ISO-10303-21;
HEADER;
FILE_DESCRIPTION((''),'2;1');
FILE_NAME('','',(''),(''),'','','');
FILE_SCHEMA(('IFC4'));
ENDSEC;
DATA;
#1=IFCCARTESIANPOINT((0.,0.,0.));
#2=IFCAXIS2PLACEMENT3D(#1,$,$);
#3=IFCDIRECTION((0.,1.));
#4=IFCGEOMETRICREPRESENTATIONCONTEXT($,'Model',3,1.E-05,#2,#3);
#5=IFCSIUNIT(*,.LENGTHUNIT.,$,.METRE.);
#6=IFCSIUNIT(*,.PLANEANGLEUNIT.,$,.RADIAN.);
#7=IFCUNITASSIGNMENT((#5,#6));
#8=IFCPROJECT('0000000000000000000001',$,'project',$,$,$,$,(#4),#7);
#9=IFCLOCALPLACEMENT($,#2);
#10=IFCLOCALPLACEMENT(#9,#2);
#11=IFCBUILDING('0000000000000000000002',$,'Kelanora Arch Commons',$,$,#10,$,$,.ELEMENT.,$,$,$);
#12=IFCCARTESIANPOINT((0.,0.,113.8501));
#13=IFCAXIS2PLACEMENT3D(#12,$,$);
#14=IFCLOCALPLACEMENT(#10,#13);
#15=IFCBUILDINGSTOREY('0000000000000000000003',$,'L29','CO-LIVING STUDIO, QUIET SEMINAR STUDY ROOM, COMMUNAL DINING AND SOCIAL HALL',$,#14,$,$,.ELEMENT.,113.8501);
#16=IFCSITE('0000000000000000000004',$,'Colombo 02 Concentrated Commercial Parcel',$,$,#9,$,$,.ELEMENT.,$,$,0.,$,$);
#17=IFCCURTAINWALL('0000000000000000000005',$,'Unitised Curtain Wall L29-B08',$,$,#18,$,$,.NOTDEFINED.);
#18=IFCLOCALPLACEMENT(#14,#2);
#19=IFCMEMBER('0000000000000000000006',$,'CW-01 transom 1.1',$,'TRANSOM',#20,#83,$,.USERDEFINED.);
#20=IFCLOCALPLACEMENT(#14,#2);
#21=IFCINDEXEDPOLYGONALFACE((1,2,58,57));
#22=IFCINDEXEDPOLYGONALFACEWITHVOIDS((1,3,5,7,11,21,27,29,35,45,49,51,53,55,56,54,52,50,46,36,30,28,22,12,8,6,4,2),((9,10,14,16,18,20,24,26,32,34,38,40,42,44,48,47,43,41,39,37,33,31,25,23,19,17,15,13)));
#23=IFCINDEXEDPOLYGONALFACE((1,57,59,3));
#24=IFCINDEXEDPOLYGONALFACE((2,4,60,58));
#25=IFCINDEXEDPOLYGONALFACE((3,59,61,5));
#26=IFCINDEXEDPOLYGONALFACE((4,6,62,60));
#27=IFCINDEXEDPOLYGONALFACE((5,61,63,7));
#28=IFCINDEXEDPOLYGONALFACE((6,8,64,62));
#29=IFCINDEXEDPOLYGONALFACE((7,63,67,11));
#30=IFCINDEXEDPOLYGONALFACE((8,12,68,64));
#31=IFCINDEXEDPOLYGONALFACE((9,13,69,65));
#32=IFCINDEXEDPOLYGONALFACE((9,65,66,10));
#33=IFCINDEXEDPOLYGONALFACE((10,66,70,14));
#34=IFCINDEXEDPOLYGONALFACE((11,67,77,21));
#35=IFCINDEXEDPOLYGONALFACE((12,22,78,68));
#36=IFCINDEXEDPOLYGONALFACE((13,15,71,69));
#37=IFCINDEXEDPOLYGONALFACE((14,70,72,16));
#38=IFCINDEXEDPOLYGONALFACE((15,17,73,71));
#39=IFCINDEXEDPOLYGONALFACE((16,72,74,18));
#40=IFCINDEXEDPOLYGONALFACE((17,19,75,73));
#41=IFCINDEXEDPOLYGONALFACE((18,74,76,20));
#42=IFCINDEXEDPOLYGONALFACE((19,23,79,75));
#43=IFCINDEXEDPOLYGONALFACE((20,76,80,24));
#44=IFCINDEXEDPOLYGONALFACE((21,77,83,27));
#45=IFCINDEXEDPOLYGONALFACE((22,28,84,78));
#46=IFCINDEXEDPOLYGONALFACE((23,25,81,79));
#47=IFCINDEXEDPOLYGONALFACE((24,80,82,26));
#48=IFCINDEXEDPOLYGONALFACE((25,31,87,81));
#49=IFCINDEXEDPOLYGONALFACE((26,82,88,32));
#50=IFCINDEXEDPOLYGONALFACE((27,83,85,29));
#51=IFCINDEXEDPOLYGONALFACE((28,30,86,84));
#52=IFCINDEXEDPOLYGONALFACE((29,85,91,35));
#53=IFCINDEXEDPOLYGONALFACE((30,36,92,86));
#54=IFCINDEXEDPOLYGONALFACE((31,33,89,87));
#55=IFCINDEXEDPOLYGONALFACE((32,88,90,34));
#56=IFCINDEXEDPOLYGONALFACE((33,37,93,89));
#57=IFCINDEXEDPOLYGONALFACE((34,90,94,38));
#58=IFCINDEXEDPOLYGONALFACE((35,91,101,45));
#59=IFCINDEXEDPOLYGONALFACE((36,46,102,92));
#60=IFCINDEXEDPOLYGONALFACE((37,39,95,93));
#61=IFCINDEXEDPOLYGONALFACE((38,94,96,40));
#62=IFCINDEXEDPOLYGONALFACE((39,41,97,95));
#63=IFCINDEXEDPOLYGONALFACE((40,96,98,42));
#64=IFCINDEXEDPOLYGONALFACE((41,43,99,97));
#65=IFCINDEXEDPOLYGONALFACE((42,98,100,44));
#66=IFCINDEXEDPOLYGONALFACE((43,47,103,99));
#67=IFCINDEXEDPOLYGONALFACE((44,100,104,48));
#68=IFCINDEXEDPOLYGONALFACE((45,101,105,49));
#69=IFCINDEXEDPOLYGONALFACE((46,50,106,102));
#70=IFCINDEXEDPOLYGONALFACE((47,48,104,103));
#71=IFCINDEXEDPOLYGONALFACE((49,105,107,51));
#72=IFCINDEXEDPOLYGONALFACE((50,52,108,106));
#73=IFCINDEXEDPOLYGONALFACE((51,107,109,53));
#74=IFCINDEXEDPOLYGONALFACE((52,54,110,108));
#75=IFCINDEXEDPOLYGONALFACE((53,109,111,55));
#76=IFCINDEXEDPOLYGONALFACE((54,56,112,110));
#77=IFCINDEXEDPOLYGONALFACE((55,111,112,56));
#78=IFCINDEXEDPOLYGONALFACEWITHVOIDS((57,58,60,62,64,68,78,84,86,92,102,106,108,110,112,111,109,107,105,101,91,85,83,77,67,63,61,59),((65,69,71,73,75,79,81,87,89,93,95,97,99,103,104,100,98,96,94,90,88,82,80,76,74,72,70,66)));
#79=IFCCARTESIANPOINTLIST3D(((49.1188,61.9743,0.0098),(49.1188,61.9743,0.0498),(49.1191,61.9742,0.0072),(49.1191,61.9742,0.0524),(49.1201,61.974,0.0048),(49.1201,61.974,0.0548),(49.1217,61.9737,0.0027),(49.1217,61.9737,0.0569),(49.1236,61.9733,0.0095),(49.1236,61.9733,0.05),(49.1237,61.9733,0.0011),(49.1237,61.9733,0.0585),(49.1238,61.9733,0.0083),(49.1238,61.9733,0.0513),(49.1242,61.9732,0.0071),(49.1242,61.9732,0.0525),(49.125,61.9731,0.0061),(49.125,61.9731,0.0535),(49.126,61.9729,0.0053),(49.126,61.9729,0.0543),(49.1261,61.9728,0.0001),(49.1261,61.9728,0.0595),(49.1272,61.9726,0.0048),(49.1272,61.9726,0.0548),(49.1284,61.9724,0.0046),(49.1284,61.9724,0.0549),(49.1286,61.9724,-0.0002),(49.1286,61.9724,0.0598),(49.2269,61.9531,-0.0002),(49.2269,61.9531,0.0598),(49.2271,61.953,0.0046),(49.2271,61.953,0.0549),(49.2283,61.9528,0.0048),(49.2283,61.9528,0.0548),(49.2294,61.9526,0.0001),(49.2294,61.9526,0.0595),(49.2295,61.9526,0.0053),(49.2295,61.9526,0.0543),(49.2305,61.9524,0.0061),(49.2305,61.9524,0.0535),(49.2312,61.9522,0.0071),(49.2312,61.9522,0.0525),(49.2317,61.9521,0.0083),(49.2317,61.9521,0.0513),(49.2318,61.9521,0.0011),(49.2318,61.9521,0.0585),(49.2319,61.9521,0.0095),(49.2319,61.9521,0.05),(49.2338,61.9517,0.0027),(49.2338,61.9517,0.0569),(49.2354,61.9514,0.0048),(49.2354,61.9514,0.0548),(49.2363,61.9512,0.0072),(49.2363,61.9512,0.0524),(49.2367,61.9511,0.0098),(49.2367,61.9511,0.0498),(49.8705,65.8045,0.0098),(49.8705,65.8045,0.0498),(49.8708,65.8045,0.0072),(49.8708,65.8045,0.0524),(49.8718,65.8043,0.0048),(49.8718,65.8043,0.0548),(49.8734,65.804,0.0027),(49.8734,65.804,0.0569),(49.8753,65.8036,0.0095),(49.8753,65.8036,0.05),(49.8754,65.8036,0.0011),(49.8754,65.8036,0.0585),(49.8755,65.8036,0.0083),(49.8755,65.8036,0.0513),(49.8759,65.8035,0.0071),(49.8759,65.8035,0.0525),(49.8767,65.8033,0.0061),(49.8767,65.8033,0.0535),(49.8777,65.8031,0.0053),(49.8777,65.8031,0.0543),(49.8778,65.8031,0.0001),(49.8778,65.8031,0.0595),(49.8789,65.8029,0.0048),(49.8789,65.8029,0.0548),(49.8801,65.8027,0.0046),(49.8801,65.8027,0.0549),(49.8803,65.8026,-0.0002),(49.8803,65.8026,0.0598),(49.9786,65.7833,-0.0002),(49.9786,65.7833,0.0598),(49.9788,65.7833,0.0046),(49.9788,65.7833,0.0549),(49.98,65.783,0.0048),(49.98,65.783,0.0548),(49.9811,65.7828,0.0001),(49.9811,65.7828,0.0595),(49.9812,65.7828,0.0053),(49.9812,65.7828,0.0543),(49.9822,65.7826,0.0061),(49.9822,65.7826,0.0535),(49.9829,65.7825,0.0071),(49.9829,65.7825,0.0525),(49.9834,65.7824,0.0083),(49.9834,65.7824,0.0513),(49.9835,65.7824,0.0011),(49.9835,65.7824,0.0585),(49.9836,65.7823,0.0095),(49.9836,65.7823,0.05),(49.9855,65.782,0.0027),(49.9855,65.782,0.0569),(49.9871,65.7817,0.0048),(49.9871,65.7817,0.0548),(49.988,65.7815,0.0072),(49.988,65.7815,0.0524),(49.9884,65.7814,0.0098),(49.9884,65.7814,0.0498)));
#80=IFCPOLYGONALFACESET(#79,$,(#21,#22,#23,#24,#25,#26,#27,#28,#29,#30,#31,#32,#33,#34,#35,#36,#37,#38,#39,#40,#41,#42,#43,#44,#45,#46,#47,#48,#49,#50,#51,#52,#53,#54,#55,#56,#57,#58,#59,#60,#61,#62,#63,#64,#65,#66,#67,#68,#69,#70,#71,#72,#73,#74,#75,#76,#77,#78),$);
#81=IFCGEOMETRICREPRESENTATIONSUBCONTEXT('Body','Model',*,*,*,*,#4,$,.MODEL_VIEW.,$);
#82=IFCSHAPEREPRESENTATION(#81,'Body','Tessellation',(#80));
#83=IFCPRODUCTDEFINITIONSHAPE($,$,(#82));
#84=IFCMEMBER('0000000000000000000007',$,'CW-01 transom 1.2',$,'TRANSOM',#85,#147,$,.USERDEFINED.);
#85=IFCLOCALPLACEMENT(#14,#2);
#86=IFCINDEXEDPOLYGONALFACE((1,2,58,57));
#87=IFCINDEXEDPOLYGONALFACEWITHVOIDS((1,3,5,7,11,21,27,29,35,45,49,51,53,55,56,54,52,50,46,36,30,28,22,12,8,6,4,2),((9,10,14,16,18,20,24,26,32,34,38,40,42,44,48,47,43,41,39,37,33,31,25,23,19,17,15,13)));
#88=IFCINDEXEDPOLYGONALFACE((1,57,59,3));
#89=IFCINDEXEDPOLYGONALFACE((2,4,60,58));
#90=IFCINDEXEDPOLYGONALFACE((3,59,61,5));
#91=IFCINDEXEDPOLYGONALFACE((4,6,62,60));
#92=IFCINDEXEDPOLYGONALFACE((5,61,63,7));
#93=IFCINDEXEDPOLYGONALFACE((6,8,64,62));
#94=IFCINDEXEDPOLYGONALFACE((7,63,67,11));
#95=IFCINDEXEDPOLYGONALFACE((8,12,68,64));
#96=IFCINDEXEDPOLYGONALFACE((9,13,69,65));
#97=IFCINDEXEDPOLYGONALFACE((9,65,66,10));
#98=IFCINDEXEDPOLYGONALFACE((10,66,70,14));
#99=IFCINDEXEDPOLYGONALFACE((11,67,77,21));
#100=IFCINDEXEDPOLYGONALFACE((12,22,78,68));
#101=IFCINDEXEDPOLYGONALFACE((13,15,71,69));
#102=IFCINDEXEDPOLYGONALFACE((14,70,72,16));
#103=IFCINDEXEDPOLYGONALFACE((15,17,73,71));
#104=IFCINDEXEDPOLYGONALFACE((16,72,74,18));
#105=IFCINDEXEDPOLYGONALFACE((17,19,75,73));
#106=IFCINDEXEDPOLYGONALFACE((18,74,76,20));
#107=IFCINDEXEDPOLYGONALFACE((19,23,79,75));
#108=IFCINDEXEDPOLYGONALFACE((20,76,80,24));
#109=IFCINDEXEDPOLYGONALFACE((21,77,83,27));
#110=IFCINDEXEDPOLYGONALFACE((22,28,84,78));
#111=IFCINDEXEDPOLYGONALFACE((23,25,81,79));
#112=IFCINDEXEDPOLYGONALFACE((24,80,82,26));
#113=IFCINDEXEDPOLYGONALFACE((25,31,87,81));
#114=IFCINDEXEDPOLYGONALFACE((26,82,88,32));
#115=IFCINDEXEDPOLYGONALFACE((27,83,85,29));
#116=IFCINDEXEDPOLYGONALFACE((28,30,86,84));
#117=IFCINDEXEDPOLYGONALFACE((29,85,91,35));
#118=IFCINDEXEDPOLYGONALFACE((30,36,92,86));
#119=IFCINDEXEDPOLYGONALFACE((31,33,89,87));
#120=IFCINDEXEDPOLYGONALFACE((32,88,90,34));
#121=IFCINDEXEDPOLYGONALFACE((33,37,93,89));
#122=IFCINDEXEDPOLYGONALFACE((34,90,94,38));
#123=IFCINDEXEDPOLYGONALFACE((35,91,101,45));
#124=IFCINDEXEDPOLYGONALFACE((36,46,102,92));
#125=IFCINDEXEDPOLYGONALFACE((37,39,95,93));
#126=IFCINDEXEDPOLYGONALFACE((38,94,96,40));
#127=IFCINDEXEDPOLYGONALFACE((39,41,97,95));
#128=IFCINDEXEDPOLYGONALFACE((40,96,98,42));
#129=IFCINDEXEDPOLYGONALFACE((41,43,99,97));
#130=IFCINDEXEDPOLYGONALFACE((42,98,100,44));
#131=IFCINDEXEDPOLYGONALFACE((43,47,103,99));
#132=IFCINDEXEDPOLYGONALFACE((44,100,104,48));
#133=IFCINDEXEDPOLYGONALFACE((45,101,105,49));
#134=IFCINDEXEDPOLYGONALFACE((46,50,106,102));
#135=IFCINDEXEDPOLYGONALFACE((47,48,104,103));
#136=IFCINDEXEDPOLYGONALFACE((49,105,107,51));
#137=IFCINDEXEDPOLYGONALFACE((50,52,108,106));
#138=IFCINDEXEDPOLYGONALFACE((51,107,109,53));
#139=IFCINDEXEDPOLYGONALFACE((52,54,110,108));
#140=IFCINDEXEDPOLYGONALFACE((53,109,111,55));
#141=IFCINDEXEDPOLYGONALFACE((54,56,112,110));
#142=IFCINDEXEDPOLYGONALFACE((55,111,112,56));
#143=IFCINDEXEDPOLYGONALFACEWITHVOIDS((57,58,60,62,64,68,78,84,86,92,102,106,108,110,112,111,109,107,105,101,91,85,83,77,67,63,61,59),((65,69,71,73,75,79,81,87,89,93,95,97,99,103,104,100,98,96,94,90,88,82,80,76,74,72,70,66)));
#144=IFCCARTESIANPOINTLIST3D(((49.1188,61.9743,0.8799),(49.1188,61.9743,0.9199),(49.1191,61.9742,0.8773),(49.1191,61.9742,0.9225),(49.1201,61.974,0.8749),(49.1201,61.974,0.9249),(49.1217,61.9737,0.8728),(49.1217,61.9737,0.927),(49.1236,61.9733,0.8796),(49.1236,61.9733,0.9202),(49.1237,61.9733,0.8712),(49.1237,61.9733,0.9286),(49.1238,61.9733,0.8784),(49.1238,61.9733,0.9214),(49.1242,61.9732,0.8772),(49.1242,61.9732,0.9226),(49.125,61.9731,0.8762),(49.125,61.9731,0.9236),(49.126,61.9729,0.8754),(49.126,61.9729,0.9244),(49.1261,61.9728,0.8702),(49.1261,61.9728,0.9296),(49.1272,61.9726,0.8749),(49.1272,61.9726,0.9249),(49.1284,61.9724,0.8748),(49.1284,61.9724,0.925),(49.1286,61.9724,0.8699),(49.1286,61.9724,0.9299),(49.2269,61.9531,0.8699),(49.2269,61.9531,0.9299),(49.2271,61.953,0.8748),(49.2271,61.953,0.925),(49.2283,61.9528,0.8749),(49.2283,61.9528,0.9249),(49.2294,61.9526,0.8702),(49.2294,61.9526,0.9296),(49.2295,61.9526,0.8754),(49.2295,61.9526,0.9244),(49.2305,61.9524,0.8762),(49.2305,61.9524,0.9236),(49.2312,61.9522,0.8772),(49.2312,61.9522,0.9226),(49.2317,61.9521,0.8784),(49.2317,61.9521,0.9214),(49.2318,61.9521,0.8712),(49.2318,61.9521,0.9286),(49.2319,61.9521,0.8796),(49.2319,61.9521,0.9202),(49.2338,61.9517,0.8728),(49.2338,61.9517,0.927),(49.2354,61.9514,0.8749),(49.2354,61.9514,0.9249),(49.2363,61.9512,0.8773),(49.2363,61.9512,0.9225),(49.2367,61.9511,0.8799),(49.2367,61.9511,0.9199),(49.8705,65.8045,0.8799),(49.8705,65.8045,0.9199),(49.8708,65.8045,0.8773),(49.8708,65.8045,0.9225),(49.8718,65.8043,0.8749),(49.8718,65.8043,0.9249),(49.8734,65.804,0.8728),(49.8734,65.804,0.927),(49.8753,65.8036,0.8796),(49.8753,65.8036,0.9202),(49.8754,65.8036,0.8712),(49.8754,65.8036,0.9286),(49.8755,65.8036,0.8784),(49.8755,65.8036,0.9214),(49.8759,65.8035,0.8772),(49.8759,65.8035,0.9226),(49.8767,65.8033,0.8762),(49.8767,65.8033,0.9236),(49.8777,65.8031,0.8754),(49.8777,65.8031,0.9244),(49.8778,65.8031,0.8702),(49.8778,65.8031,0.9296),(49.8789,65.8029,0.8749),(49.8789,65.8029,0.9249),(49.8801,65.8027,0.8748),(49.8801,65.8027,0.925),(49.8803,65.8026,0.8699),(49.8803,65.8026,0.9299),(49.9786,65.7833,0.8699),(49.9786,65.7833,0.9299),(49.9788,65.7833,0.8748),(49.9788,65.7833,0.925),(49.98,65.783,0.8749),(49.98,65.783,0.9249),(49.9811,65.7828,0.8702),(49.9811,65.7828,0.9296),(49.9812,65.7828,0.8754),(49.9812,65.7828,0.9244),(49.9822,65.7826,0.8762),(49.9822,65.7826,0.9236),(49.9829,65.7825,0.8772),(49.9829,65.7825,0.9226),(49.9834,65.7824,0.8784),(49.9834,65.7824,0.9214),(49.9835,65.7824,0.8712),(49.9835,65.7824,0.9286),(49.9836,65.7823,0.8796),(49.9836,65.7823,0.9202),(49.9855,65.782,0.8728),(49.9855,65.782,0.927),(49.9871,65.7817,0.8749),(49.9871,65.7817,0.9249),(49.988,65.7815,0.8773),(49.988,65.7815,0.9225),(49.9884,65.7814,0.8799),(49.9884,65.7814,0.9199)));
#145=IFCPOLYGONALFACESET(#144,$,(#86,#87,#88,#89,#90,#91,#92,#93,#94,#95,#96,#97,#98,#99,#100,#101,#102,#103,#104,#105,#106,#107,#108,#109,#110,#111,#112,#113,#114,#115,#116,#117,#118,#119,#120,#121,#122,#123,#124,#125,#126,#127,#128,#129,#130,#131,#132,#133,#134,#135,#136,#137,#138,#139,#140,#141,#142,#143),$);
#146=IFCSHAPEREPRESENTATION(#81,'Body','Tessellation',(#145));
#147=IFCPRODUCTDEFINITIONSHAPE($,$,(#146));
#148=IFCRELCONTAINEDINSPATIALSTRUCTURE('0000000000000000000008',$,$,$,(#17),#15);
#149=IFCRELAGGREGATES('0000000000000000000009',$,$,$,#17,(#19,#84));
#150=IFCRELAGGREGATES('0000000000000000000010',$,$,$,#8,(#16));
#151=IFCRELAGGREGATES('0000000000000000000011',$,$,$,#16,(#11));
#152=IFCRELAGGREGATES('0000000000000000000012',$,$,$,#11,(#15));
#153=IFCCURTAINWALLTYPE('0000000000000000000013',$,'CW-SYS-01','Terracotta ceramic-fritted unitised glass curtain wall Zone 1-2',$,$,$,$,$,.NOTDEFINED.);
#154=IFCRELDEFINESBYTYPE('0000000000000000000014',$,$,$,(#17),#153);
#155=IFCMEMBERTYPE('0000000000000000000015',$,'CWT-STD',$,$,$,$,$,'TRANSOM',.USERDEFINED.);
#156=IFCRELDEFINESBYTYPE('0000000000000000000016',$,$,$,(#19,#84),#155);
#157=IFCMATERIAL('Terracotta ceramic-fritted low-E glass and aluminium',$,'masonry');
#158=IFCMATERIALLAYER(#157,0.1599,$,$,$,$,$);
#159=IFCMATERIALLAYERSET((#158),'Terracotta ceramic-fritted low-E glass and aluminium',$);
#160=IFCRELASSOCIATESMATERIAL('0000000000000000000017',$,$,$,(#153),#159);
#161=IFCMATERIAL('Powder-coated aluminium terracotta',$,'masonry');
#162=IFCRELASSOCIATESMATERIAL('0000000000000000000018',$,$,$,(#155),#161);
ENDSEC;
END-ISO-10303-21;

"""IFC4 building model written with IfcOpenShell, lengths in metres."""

from ifc_helpers import new_model, si_unit, direction, frame, origin, origin_2d, place, context, subcontext, project, spatial, hollow_rectangle, extrude, material, layer, layer_set, material_profile, profile_set, type_object, element, aggregate, save


model = new_model("IFC4")

# Units and contexts
model_context = context("Model", 3, precision=1e-05, world=origin(), true_north=direction((0.0, 1.0)))
body_context = subcontext(model_context, "Body", "Model", "MODEL_VIEW")
ifc_project = project(units=[si_unit("LENGTHUNIT", "METRE"), si_unit("PLANEANGLEUNIT", "RADIAN")], contexts=[model_context])

# Site, building, storey
site_placement = place(None, origin())
site = spatial("IfcSite", under=ifc_project, at=site_placement, Name="Colombo 02 Concentrated Commercial Parcel", CompositionType="ELEMENT", RefElevation=0.0)
building_placement = place(site_placement, origin())
building = spatial("IfcBuilding", under=site, at=building_placement, Name="Kelanora Arch Commons", CompositionType="ELEMENT")
storey_placement = place(building_placement, frame((0.0, 0.0, 113.8501)))
storey = spatial("IfcBuildingStorey", under=building, at=storey_placement, Name="L29", Description="CO-LIVING STUDIO, QUIET SEMINAR STUDY ROOM, COMMUNAL DINING AND SOCIAL HALL", CompositionType="ELEMENT", Elevation=113.8501)

# Curtain wall, members
ifc_material_1 = material(Name="Terracotta ceramic-fritted low-E glass and aluminium", Category="masonry")
ifc_layer_1 = layer(ifc_material_1, 0.1599)
ifc_layer_set_1 = layer_set([ifc_layer_1], Name="Terracotta ceramic-fritted low-E glass and aluminium")
curtain_wall_type = type_object("IfcCurtainWallType", Name="CW-SYS-01", Description="Terracotta ceramic-fritted unitised glass curtain wall Zone 1-2", PredefinedType="NOTDEFINED", material=ifc_layer_set_1)
curtain_wall_placement = place(storey_placement, origin())
curtain_wall = element("IfcCurtainWall", 1, at=curtain_wall_placement, inside=storey, type_object=curtain_wall_type, Name="Unitised Curtain Wall L29-B08", PredefinedType="NOTDEFINED")
ifc_material_2 = material(Name="Powder-coated aluminium terracotta", Category="masonry")
ifc_material_profile_1 = material_profile(ifc_material_2, hollow_rectangle(XDim=0.1201, YDim=0.0601, WallThickness=0.0049, InnerFilletRadius=0.0049, OuterFilletRadius=0.01, at=origin_2d()), Name="CWT120x60")
ifc_profile_set_1 = profile_set([ifc_material_profile_1], Name="Powder-coated aluminium terracotta")
member_type_1 = type_object("IfcMemberType", Name="CWT-STD", ElementType="TRANSOM", PredefinedType="USERDEFINED", material=ifc_profile_set_1)
member_1_placement = place(storey_placement, frame((49.9294, 65.793, 0.0298), z_axis=(-0.192579, -0.981282, 0.0), x_axis=(0.981282, -0.192579, 0.0)))
member_1 = element("IfcMember", 2, at=member_1_placement, type_object=member_type_1, Name="CW-01 transom 1.1", ObjectType="TRANSOM", PredefinedType="USERDEFINED", context=body_context, shape_type="SweptSolid", body=[
    extrude(hollow_rectangle(XDim=0.1201, YDim=0.0601, WallThickness=0.0049, InnerFilletRadius=0.0049, OuterFilletRadius=0.01, at=origin_2d()), origin(), (0.0, 0.0, 1.0), 3.9033),
])
member_2_placement = place(storey_placement, frame((49.9294, 65.793, 0.8999), z_axis=(-0.192579, -0.981282, 0.0), x_axis=(0.981282, -0.192579, 0.0)))
member_2 = element("IfcMember", 3, at=member_2_placement, type_object=member_type_1, Name="CW-01 transom 1.2", ObjectType="TRANSOM", PredefinedType="USERDEFINED", context=body_context, shape_type="SweptSolid", body=[
    extrude(hollow_rectangle(XDim=0.1201, YDim=0.0601, WallThickness=0.0049, InnerFilletRadius=0.0049, OuterFilletRadius=0.01, at=origin_2d()), origin(), (0.0, 0.0, 1.0), 3.9033),
])
aggregate(curtain_wall, [member_1, member_2])

save(model, "model.ifc")
